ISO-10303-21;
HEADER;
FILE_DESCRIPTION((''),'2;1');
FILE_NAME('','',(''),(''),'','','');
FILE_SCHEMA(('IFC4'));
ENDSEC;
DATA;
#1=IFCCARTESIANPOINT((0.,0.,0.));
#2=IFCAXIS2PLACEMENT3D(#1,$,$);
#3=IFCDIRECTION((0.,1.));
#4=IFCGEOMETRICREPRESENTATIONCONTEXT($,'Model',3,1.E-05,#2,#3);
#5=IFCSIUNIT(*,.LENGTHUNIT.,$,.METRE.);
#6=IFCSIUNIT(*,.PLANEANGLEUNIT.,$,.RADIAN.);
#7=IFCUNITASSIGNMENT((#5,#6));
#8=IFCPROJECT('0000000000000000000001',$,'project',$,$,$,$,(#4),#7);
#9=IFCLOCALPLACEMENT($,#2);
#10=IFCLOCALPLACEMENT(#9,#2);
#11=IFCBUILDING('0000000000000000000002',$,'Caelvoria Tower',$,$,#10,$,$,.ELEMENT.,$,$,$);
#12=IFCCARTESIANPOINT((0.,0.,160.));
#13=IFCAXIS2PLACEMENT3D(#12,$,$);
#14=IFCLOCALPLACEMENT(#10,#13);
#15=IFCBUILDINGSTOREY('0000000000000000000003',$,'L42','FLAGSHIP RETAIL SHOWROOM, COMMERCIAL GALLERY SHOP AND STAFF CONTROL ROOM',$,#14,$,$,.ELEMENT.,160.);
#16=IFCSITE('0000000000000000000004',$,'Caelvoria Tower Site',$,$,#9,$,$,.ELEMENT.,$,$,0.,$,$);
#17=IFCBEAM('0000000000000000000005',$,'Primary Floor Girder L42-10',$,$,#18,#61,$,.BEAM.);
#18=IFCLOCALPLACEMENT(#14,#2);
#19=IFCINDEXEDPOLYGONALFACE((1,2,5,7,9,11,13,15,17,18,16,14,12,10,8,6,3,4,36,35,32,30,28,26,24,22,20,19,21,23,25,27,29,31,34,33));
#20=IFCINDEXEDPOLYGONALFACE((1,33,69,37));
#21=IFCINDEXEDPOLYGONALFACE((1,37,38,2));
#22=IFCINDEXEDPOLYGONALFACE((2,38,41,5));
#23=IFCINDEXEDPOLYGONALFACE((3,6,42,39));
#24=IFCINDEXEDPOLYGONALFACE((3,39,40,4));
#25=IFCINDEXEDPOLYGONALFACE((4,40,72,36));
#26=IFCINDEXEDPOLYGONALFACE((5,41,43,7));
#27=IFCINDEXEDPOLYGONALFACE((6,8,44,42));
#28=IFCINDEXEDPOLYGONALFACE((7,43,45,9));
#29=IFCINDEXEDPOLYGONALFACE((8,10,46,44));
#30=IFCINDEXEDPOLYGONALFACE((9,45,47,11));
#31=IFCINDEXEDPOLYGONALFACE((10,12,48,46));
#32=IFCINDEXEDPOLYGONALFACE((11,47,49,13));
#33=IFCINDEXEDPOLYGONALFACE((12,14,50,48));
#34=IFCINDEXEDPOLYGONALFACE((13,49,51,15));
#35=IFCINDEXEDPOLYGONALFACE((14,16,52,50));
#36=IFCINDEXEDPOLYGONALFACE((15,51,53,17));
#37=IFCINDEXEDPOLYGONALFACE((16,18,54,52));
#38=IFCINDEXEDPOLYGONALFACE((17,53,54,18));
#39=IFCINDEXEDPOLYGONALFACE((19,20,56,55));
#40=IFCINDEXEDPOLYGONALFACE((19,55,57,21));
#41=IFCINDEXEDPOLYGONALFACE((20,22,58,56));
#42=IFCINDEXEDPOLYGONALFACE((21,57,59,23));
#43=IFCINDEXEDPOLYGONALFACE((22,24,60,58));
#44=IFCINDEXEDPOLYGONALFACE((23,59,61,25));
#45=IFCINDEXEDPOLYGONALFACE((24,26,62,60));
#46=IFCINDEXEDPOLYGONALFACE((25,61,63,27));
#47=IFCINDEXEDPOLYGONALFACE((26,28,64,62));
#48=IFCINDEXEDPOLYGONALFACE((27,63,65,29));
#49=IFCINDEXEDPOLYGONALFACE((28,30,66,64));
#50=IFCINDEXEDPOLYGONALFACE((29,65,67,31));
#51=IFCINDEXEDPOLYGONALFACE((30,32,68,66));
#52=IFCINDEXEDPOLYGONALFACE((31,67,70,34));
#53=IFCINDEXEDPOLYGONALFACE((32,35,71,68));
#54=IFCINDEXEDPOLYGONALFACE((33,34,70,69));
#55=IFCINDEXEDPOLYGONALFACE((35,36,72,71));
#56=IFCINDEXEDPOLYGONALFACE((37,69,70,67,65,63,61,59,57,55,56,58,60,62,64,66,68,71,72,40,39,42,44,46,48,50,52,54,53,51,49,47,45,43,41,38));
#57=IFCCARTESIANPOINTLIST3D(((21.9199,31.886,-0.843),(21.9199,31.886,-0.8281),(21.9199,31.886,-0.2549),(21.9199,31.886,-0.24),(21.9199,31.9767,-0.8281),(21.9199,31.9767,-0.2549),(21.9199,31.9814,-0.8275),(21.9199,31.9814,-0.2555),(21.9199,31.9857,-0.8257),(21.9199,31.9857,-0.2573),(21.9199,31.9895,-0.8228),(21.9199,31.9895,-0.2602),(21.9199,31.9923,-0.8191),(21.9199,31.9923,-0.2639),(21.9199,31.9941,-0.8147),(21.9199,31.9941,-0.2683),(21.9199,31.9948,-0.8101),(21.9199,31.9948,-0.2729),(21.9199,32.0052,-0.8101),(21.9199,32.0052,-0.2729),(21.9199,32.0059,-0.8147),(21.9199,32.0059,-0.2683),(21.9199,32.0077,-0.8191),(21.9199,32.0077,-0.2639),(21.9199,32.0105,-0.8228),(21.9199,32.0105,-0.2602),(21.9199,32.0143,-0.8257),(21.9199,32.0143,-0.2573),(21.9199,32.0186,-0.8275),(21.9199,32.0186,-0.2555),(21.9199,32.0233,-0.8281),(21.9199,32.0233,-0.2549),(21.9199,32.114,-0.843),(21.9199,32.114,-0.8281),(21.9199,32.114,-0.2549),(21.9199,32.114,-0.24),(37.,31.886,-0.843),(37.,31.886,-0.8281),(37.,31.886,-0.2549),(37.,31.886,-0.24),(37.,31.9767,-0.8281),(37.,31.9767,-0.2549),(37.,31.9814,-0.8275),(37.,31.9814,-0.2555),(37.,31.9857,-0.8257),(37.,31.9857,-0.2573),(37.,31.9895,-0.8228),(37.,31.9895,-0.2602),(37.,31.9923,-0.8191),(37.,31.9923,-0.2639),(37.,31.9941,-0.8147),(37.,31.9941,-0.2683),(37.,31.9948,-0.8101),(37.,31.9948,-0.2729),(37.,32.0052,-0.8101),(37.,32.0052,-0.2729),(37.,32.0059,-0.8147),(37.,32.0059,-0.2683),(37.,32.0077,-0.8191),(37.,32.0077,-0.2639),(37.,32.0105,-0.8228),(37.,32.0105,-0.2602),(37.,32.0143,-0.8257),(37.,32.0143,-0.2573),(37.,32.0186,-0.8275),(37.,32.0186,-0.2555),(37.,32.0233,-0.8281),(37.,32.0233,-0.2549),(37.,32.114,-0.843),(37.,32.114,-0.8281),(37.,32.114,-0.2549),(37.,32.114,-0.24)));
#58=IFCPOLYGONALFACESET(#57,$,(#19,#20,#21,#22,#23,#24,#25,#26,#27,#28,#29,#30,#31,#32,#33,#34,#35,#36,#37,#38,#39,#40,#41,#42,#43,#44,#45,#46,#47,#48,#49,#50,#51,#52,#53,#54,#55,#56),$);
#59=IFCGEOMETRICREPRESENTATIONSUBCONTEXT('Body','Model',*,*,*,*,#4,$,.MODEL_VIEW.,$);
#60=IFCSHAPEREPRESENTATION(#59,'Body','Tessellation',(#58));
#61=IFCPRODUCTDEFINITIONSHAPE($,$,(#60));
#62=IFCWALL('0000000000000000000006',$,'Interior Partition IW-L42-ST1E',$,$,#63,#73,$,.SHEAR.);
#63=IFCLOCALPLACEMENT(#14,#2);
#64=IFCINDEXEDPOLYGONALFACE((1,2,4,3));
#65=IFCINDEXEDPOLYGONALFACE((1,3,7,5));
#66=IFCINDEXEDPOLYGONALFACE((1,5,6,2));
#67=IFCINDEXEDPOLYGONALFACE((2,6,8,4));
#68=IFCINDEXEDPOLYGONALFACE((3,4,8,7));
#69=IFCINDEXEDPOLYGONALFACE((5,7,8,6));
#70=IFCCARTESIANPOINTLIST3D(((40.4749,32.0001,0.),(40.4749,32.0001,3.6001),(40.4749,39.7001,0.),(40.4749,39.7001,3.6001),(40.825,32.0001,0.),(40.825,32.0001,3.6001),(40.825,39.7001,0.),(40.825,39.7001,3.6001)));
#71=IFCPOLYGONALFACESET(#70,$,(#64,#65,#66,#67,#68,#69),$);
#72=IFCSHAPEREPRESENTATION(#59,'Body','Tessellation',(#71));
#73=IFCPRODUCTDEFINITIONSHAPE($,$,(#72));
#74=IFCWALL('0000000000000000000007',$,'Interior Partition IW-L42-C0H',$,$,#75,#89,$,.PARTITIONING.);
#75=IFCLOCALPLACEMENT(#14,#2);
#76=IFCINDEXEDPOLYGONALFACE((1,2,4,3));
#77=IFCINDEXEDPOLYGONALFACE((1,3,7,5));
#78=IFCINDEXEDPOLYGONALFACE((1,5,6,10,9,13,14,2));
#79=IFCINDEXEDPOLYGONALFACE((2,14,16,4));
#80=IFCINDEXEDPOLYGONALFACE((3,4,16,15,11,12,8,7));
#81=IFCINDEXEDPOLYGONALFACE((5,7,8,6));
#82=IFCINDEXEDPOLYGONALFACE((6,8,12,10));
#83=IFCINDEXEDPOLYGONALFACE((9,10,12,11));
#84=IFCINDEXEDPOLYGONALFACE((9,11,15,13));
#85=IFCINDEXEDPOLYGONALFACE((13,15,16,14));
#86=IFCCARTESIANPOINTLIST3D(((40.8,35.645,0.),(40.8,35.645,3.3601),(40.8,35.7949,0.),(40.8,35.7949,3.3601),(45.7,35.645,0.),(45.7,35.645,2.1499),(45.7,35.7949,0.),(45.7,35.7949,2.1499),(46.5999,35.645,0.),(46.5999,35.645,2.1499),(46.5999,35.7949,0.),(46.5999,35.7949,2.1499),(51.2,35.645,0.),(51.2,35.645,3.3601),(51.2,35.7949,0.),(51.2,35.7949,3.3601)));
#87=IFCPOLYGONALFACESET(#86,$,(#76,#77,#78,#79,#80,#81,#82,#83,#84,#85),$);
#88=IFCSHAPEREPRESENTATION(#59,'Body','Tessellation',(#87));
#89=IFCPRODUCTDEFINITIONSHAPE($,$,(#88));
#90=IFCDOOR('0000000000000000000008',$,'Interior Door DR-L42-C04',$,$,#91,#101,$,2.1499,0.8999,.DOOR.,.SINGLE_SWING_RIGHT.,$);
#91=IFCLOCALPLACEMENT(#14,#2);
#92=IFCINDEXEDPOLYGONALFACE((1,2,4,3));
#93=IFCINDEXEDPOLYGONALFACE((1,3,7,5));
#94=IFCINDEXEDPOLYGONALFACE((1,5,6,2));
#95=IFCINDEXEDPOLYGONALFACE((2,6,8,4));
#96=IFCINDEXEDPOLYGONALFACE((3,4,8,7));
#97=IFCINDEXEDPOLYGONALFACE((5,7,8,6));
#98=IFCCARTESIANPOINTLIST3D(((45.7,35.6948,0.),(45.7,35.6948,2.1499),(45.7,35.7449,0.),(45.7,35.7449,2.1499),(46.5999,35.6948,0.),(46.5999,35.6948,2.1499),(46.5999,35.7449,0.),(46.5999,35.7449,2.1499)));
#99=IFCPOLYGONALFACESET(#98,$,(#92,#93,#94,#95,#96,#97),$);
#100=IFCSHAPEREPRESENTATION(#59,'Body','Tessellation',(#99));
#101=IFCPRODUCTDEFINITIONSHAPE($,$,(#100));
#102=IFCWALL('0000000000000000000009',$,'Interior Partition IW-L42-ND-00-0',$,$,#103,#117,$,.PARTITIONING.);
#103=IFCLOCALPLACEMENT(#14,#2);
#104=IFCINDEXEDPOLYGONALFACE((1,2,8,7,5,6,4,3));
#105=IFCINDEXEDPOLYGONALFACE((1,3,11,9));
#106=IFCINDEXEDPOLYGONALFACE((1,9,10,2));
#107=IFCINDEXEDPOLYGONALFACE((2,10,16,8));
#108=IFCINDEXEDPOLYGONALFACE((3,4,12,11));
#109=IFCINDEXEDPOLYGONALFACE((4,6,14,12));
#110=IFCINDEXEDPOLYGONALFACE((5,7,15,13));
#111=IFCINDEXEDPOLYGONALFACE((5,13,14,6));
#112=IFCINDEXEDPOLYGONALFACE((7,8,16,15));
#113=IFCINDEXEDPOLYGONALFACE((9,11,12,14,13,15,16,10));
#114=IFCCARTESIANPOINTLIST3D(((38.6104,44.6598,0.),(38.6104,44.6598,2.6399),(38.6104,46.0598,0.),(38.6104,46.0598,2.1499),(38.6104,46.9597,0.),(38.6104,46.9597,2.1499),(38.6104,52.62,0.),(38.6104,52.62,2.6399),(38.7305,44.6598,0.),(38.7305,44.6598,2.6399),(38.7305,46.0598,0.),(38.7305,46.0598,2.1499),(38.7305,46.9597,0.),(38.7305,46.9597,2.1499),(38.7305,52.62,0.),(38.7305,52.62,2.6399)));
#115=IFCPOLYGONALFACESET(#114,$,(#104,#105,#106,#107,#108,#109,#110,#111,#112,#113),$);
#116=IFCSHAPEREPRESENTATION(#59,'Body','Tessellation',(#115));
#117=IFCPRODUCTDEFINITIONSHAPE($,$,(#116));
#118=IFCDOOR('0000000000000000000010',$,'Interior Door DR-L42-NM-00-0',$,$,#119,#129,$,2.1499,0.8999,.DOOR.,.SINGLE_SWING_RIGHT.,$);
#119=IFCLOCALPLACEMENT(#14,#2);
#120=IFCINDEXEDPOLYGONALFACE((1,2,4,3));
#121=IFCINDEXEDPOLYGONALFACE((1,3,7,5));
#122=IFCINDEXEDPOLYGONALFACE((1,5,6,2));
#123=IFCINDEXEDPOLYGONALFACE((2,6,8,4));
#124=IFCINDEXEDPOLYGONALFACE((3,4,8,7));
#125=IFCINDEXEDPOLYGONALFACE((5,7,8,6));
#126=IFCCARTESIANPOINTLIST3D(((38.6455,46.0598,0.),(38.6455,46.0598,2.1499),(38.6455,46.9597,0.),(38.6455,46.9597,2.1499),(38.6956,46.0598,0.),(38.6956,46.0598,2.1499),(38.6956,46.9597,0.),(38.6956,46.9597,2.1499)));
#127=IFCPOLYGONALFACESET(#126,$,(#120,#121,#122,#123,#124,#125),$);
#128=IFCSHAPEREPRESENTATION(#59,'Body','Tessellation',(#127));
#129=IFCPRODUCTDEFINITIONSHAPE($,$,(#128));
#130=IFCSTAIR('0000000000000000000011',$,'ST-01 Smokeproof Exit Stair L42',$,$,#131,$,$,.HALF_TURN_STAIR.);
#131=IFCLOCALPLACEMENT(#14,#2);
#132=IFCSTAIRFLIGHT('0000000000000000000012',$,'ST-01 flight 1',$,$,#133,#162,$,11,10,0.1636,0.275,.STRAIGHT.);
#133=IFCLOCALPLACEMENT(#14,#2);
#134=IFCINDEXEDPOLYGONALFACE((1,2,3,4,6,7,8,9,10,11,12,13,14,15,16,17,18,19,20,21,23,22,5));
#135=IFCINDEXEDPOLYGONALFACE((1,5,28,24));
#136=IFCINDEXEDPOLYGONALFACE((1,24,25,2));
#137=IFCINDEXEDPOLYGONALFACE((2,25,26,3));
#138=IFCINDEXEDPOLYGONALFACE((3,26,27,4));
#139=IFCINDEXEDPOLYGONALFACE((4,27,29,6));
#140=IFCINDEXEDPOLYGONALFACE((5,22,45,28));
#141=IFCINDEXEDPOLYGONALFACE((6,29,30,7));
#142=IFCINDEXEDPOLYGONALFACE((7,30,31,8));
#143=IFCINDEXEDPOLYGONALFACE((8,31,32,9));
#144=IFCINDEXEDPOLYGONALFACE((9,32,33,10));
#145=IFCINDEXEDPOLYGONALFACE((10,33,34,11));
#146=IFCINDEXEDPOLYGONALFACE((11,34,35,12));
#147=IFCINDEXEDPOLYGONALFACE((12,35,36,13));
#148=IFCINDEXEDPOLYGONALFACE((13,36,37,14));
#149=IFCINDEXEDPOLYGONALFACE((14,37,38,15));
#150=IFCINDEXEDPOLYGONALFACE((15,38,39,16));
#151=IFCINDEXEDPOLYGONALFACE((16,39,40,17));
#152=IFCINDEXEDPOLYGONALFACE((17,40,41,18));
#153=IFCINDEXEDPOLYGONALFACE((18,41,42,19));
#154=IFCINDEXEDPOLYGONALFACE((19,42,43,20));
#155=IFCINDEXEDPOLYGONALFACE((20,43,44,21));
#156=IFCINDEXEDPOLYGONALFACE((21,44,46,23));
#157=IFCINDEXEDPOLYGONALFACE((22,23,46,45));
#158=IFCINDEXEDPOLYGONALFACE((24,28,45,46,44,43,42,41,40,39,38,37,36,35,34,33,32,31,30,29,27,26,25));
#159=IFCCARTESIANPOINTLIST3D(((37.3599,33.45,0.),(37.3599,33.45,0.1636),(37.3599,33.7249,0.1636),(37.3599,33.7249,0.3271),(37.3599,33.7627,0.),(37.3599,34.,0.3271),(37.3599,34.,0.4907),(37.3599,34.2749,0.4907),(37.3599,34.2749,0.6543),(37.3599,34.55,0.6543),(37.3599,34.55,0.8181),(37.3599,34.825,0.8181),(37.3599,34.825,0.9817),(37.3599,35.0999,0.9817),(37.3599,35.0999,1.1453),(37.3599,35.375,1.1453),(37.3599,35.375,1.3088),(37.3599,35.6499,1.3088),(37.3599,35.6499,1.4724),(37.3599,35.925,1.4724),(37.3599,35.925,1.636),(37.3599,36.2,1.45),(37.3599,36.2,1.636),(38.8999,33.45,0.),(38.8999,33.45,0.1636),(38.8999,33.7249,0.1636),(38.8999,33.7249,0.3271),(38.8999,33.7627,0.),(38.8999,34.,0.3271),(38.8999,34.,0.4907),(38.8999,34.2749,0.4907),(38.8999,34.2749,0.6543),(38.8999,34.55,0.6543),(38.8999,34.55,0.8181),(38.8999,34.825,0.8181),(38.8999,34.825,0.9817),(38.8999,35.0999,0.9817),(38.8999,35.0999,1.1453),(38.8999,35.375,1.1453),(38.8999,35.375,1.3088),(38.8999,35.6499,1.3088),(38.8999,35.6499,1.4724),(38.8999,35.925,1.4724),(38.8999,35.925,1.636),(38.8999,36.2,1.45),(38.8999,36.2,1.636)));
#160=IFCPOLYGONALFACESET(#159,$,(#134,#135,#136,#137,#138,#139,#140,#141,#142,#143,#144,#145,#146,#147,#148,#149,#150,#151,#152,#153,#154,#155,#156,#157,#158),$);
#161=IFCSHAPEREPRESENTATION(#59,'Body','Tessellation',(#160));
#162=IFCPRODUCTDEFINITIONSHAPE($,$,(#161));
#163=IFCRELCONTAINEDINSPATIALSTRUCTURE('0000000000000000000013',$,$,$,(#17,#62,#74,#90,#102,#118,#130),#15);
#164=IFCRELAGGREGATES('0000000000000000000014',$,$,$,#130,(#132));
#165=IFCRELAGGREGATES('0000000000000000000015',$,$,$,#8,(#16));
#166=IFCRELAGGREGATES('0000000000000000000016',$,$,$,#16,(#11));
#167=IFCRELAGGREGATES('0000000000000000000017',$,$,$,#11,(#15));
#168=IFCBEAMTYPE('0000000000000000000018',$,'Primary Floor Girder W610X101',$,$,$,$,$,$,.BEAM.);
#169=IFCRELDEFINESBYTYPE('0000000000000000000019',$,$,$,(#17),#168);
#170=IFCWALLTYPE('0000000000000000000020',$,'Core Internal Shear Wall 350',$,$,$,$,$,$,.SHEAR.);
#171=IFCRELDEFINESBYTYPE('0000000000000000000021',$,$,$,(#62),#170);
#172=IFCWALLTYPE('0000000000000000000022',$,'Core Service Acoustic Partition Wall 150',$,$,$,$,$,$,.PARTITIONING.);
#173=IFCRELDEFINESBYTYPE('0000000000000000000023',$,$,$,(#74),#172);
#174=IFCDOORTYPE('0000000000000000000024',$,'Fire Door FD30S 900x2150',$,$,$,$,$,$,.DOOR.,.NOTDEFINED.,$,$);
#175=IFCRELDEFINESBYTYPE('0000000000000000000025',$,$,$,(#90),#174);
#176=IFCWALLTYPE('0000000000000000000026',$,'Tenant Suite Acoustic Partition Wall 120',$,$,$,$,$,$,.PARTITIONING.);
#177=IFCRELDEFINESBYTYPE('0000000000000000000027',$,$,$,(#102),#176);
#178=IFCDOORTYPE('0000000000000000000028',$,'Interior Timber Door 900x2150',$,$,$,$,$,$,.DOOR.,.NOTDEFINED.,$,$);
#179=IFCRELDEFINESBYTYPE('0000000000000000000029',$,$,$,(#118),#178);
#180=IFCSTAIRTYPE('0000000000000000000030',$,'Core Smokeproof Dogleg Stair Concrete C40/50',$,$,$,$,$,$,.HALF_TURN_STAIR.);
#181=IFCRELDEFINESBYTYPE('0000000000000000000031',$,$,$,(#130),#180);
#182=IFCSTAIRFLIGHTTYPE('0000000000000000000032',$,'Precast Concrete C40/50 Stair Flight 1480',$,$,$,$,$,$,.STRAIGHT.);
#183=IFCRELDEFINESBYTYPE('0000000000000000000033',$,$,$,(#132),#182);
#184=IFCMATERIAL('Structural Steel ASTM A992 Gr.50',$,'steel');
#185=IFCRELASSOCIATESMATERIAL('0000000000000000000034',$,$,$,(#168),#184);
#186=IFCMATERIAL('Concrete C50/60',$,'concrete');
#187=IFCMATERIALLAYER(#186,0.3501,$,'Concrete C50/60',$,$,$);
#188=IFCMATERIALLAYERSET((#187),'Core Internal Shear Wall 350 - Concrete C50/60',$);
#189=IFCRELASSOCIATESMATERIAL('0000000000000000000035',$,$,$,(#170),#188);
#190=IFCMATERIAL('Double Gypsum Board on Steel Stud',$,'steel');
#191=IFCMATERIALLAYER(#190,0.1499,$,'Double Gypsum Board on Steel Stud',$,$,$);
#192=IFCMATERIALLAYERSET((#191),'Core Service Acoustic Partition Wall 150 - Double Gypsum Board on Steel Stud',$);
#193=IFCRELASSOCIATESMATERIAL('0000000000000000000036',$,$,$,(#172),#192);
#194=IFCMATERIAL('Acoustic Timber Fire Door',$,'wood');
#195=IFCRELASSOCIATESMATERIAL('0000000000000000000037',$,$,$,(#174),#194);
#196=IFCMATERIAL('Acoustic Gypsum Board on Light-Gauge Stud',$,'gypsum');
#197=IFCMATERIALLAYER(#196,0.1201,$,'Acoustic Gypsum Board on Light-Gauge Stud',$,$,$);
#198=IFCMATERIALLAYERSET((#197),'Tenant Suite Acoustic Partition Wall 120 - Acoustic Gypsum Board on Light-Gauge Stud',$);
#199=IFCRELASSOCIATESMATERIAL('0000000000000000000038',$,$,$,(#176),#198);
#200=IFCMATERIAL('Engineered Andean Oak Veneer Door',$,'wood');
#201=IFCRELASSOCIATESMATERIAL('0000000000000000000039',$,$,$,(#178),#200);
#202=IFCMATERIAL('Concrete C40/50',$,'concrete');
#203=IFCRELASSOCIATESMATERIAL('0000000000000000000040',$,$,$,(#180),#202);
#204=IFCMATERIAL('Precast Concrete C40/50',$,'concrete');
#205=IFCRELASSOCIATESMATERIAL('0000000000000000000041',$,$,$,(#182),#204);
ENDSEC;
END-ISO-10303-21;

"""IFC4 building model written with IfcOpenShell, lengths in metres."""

from ifc_helpers import new_model, si_unit, direction, frame, frame_2d, origin, origin_2d, place, context, subcontext, project, spatial, polyline, rectangle, i_section, outline, extrude, material, layer, layer_set, material_profile, profile_set, type_object, element, fill, aggregate, save


model = new_model("IFC4")

# Units and contexts
model_context = context("Model", 3, precision=1e-05, world=origin(), true_north=direction((0.0, 1.0)))
body_context = subcontext(model_context, "Body", "Model", "MODEL_VIEW")
ifc_project = project(units=[si_unit("LENGTHUNIT", "METRE"), si_unit("PLANEANGLEUNIT", "RADIAN")], contexts=[model_context])

# Site, building, storey
site_placement = place(None, origin())
site = spatial("IfcSite", under=ifc_project, at=site_placement, Name="Caelvoria Tower Site", CompositionType="ELEMENT", RefElevation=0.0)
building_placement = place(site_placement, origin())
building = spatial("IfcBuilding", under=site, at=building_placement, Name="Caelvoria Tower", CompositionType="ELEMENT")
storey_placement = place(building_placement, frame((0.0, 0.0, 160.0)))
storey = spatial("IfcBuildingStorey", under=building, at=storey_placement, Name="L42", Description="FLAGSHIP RETAIL SHOWROOM, COMMERCIAL GALLERY SHOP AND STAFF CONTROL ROOM", CompositionType="ELEMENT", Elevation=160.0)

# Beam
ifc_material_1 = material(Name="Structural Steel ASTM A992 Gr.50", Category="steel")
ifc_material_profile_1 = material_profile(ifc_material_1, i_section(OverallWidth=0.228, OverallDepth=0.603, WebThickness=0.0105, FlangeThickness=0.0149, FilletRadius=0.0181, at=origin_2d()), Name="Structural Steel ASTM A992 Gr.50")
ifc_profile_set_1 = profile_set([ifc_material_profile_1], Name="W610X101 - Structural Steel ASTM A992 Gr.50")
beam_type_1 = type_object("IfcBeamType", Name="Primary Floor Girder W610X101", PredefinedType="BEAM", material=ifc_profile_set_1)
beam_1_placement = place(storey_placement, frame((37.0, 32.0, -0.5415), z_axis=(-1.0, 0.0, 0.0), x_axis=(0.0, -1.0, 0.0)))
element("IfcBeam", 1, at=beam_1_placement, inside=storey, type_object=beam_type_1, Name="Primary Floor Girder L42-10", PredefinedType="BEAM", context=body_context, shape_type="SweptSolid", body=[
    extrude(i_section(OverallWidth=0.228, OverallDepth=0.603, WebThickness=0.0105, FlangeThickness=0.0149, FilletRadius=0.0181, at=origin_2d()), origin(), (0.0, 0.0, 1.0), 15.0801),
])

# Wall
ifc_material_2 = material(Name="Concrete C50/60", Category="concrete")
ifc_layer_1 = layer(ifc_material_2, 0.3501, Name="Concrete C50/60")
ifc_layer_set_1 = layer_set([ifc_layer_1], Name="Core Internal Shear Wall 350 - Concrete C50/60")
wall_type_1 = type_object("IfcWallType", Name="Core Internal Shear Wall 350", PredefinedType="SHEAR", material=ifc_layer_set_1)
wall_1_placement = place(storey_placement, frame((40.6499, 32.0, 0.0), z_axis=(0.0, 0.0, 1.0), x_axis=(0.0, 1.0, 0.0)))
element("IfcWall", 2, at=wall_1_placement, inside=storey, type_object=wall_type_1, Name="Interior Partition IW-L42-ST1E", PredefinedType="SHEAR", context=body_context, shape_type="SweptSolid", body=[
    extrude(rectangle(XDim=7.7, YDim=0.3501, at=frame_2d((3.8501, 0.0))), origin(), (0.0, 0.0, 1.0), 3.6001),
])

# Walls, openings, doors
ifc_material_3 = material(Name="Double Gypsum Board on Steel Stud", Category="steel")
ifc_layer_2 = layer(ifc_material_3, 0.1499, Name="Double Gypsum Board on Steel Stud")
ifc_layer_set_2 = layer_set([ifc_layer_2], Name="Core Service Acoustic Partition Wall 150 - Double Gypsum Board on Steel Stud")
wall_type_2 = type_object("IfcWallType", Name="Core Service Acoustic Partition Wall 150", PredefinedType="PARTITIONING", material=ifc_layer_set_2)
wall_2_placement = place(storey_placement, frame((40.8, 35.72, 0.0), z_axis=(0.0, 0.0, 1.0), x_axis=(1.0, 0.0, 0.0)))
wall_2 = element("IfcWall", 3, at=wall_2_placement, inside=storey, type_object=wall_type_2, Name="Interior Partition IW-L42-C0H", PredefinedType="PARTITIONING", context=body_context, shape_type="SweptSolid", body=[
    extrude(rectangle(XDim=10.3999, YDim=0.1499, at=frame_2d((5.2, 0.0))), origin(), (0.0, 0.0, 1.0), 3.3601),
])
opening_1_placement = place(wall_2_placement, frame((4.8999, 0.0, 0.0)))
opening_1 = element("IfcOpeningElement", 4, at=opening_1_placement, cuts=wall_2, PredefinedType="OPENING", context=body_context, shape_type="SweptSolid", body=[
    extrude(rectangle(XDim=0.8999, YDim=2.1499, at=frame_2d((0.45, 1.075))), frame((0.0, 0.085, 0.0), z_axis=(0.0, -1.0, 0.0), x_axis=(1.0, 0.0, 0.0)), (0.0, 0.0, 1.0), 0.1699),
])
ifc_material_4 = material(Name="Acoustic Timber Fire Door", Category="wood")
door_type_1 = type_object("IfcDoorType", Name="Fire Door FD30S 900x2150", OperationType="NOTDEFINED", PredefinedType="DOOR", material=ifc_material_4)
door_1_placement = place(opening_1_placement, origin())
door_1 = element("IfcDoor", 5, at=door_1_placement, inside=storey, type_object=door_type_1, Name="Interior Door DR-L42-C04", OperationType="SINGLE_SWING_RIGHT", OverallHeight=2.1499, OverallWidth=0.8999, PredefinedType="DOOR", context=body_context, shape_type="SweptSolid", body=[
    extrude(rectangle(XDim=0.8999, YDim=2.1499, at=frame_2d((0.45, 1.075))), frame((0.0, 0.0249, 0.0), z_axis=(0.0, -1.0, 0.0), x_axis=(1.0, 0.0, 0.0)), (0.0, 0.0, 1.0), 0.05),
])
fill(opening_1, door_1)
ifc_material_5 = material(Name="Acoustic Gypsum Board on Light-Gauge Stud", Category="gypsum")
ifc_layer_3 = layer(ifc_material_5, 0.1201, Name="Acoustic Gypsum Board on Light-Gauge Stud")
ifc_layer_set_3 = layer_set([ifc_layer_3], Name="Tenant Suite Acoustic Partition Wall 120 - Acoustic Gypsum Board on Light-Gauge Stud")
wall_type_3 = type_object("IfcWallType", Name="Tenant Suite Acoustic Partition Wall 120", PredefinedType="PARTITIONING", material=ifc_layer_set_3)
wall_3_placement = place(storey_placement, frame((38.6704, 44.6599, 0.0), z_axis=(0.0, 0.0, 1.0), x_axis=(0.0, 1.0, 0.0)))
wall_3 = element("IfcWall", 6, at=wall_3_placement, inside=storey, type_object=wall_type_3, Name="Interior Partition IW-L42-ND-00-0", PredefinedType="PARTITIONING", context=body_context, shape_type="SweptSolid", body=[
    extrude(rectangle(XDim=7.9602, YDim=0.1201, at=frame_2d((3.98, 0.0))), origin(), (0.0, 0.0, 1.0), 2.6399),
])
opening_2_placement = place(wall_3_placement, frame((1.3999, 0.0, 0.0)))
opening_2 = element("IfcOpeningElement", 7, at=opening_2_placement, cuts=wall_3, PredefinedType="OPENING", context=body_context, shape_type="SweptSolid", body=[
    extrude(rectangle(XDim=0.8999, YDim=2.1499, at=frame_2d((0.45, 1.075))), frame((0.0, 0.0701, 0.0), z_axis=(0.0, -1.0, 0.0), x_axis=(1.0, 0.0, 0.0)), (0.0, 0.0, 1.0), 0.1401),
])
ifc_material_6 = material(Name="Engineered Andean Oak Veneer Door", Category="wood")
door_type_2 = type_object("IfcDoorType", Name="Interior Timber Door 900x2150", OperationType="NOTDEFINED", PredefinedType="DOOR", material=ifc_material_6)
door_2_placement = place(opening_2_placement, origin())
door_2 = element("IfcDoor", 8, at=door_2_placement, inside=storey, type_object=door_type_2, Name="Interior Door DR-L42-NM-00-0", OperationType="SINGLE_SWING_RIGHT", OverallHeight=2.1499, OverallWidth=0.8999, PredefinedType="DOOR", context=body_context, shape_type="SweptSolid", body=[
    extrude(rectangle(XDim=0.8999, YDim=2.1499, at=frame_2d((0.45, 1.075))), frame((0.0, 0.0249, 0.0), z_axis=(0.0, -1.0, 0.0), x_axis=(1.0, 0.0, 0.0)), (0.0, 0.0, 1.0), 0.05),
])
fill(opening_2, door_2)

# Stair, stair flight
ifc_material_7 = material(Name="Concrete C40/50", Category="concrete")
stair_type = type_object("IfcStairType", Name="Core Smokeproof Dogleg Stair Concrete C40/50", PredefinedType="HALF_TURN_STAIR", material=ifc_material_7)
stair_placement = place(storey_placement, origin())
stair = element("IfcStair", 9, at=stair_placement, inside=storey, type_object=stair_type, Name="ST-01 Smokeproof Exit Stair L42", PredefinedType="HALF_TURN_STAIR")
ifc_material_8 = material(Name="Precast Concrete C40/50", Category="concrete")
stair_flight_type = type_object("IfcStairFlightType", Name="Precast Concrete C40/50 Stair Flight 1480", PredefinedType="STRAIGHT", material=ifc_material_8)
stair_flight_1_placement = place(storey_placement, frame((38.1299, 33.45, 0.0), z_axis=(0.0, 0.0, 1.0), x_axis=(0.0, 1.0, 0.0)))
stair_flight_1 = element("IfcStairFlight", 10, at=stair_flight_1_placement, type_object=stair_flight_type, Name="ST-01 flight 1", NumberOfRisers=11, NumberOfTreads=10, PredefinedType="STRAIGHT", RiserHeight=0.1636, TreadLength=0.275, context=body_context, shape_type="SweptSolid", body=[
    extrude(outline(polyline([(0.0, 0.0), (0.0, 0.1636), (0.2749, 0.1636), (0.2749, 0.3271), (0.55, 0.3271), (0.55, 0.4907), (0.825, 0.4907), (0.825, 0.6543), (1.1001, 0.6543), (1.1001, 0.8181), (1.375, 0.8181), (1.375, 0.9817), (1.6499, 0.9817), (1.6499, 1.1453), (1.925, 1.1453), (1.925, 1.3088), (2.2, 1.3088), (2.2, 1.4724), (2.4751, 1.4724), (2.4751, 1.636), (2.75, 1.636), (2.75, 1.7996), (2.75, 1.45), (0.3127, 0.0), (0.0, 0.0)])), frame((0.0, 0.77, 0.0), z_axis=(0.0, -1.0, 0.0), x_axis=(1.0, 0.0, 0.0)), (0.0, 0.0, 1.0), 1.54),
])
aggregate(stair, [stair_flight_1])

save(model, "model.ifc")
